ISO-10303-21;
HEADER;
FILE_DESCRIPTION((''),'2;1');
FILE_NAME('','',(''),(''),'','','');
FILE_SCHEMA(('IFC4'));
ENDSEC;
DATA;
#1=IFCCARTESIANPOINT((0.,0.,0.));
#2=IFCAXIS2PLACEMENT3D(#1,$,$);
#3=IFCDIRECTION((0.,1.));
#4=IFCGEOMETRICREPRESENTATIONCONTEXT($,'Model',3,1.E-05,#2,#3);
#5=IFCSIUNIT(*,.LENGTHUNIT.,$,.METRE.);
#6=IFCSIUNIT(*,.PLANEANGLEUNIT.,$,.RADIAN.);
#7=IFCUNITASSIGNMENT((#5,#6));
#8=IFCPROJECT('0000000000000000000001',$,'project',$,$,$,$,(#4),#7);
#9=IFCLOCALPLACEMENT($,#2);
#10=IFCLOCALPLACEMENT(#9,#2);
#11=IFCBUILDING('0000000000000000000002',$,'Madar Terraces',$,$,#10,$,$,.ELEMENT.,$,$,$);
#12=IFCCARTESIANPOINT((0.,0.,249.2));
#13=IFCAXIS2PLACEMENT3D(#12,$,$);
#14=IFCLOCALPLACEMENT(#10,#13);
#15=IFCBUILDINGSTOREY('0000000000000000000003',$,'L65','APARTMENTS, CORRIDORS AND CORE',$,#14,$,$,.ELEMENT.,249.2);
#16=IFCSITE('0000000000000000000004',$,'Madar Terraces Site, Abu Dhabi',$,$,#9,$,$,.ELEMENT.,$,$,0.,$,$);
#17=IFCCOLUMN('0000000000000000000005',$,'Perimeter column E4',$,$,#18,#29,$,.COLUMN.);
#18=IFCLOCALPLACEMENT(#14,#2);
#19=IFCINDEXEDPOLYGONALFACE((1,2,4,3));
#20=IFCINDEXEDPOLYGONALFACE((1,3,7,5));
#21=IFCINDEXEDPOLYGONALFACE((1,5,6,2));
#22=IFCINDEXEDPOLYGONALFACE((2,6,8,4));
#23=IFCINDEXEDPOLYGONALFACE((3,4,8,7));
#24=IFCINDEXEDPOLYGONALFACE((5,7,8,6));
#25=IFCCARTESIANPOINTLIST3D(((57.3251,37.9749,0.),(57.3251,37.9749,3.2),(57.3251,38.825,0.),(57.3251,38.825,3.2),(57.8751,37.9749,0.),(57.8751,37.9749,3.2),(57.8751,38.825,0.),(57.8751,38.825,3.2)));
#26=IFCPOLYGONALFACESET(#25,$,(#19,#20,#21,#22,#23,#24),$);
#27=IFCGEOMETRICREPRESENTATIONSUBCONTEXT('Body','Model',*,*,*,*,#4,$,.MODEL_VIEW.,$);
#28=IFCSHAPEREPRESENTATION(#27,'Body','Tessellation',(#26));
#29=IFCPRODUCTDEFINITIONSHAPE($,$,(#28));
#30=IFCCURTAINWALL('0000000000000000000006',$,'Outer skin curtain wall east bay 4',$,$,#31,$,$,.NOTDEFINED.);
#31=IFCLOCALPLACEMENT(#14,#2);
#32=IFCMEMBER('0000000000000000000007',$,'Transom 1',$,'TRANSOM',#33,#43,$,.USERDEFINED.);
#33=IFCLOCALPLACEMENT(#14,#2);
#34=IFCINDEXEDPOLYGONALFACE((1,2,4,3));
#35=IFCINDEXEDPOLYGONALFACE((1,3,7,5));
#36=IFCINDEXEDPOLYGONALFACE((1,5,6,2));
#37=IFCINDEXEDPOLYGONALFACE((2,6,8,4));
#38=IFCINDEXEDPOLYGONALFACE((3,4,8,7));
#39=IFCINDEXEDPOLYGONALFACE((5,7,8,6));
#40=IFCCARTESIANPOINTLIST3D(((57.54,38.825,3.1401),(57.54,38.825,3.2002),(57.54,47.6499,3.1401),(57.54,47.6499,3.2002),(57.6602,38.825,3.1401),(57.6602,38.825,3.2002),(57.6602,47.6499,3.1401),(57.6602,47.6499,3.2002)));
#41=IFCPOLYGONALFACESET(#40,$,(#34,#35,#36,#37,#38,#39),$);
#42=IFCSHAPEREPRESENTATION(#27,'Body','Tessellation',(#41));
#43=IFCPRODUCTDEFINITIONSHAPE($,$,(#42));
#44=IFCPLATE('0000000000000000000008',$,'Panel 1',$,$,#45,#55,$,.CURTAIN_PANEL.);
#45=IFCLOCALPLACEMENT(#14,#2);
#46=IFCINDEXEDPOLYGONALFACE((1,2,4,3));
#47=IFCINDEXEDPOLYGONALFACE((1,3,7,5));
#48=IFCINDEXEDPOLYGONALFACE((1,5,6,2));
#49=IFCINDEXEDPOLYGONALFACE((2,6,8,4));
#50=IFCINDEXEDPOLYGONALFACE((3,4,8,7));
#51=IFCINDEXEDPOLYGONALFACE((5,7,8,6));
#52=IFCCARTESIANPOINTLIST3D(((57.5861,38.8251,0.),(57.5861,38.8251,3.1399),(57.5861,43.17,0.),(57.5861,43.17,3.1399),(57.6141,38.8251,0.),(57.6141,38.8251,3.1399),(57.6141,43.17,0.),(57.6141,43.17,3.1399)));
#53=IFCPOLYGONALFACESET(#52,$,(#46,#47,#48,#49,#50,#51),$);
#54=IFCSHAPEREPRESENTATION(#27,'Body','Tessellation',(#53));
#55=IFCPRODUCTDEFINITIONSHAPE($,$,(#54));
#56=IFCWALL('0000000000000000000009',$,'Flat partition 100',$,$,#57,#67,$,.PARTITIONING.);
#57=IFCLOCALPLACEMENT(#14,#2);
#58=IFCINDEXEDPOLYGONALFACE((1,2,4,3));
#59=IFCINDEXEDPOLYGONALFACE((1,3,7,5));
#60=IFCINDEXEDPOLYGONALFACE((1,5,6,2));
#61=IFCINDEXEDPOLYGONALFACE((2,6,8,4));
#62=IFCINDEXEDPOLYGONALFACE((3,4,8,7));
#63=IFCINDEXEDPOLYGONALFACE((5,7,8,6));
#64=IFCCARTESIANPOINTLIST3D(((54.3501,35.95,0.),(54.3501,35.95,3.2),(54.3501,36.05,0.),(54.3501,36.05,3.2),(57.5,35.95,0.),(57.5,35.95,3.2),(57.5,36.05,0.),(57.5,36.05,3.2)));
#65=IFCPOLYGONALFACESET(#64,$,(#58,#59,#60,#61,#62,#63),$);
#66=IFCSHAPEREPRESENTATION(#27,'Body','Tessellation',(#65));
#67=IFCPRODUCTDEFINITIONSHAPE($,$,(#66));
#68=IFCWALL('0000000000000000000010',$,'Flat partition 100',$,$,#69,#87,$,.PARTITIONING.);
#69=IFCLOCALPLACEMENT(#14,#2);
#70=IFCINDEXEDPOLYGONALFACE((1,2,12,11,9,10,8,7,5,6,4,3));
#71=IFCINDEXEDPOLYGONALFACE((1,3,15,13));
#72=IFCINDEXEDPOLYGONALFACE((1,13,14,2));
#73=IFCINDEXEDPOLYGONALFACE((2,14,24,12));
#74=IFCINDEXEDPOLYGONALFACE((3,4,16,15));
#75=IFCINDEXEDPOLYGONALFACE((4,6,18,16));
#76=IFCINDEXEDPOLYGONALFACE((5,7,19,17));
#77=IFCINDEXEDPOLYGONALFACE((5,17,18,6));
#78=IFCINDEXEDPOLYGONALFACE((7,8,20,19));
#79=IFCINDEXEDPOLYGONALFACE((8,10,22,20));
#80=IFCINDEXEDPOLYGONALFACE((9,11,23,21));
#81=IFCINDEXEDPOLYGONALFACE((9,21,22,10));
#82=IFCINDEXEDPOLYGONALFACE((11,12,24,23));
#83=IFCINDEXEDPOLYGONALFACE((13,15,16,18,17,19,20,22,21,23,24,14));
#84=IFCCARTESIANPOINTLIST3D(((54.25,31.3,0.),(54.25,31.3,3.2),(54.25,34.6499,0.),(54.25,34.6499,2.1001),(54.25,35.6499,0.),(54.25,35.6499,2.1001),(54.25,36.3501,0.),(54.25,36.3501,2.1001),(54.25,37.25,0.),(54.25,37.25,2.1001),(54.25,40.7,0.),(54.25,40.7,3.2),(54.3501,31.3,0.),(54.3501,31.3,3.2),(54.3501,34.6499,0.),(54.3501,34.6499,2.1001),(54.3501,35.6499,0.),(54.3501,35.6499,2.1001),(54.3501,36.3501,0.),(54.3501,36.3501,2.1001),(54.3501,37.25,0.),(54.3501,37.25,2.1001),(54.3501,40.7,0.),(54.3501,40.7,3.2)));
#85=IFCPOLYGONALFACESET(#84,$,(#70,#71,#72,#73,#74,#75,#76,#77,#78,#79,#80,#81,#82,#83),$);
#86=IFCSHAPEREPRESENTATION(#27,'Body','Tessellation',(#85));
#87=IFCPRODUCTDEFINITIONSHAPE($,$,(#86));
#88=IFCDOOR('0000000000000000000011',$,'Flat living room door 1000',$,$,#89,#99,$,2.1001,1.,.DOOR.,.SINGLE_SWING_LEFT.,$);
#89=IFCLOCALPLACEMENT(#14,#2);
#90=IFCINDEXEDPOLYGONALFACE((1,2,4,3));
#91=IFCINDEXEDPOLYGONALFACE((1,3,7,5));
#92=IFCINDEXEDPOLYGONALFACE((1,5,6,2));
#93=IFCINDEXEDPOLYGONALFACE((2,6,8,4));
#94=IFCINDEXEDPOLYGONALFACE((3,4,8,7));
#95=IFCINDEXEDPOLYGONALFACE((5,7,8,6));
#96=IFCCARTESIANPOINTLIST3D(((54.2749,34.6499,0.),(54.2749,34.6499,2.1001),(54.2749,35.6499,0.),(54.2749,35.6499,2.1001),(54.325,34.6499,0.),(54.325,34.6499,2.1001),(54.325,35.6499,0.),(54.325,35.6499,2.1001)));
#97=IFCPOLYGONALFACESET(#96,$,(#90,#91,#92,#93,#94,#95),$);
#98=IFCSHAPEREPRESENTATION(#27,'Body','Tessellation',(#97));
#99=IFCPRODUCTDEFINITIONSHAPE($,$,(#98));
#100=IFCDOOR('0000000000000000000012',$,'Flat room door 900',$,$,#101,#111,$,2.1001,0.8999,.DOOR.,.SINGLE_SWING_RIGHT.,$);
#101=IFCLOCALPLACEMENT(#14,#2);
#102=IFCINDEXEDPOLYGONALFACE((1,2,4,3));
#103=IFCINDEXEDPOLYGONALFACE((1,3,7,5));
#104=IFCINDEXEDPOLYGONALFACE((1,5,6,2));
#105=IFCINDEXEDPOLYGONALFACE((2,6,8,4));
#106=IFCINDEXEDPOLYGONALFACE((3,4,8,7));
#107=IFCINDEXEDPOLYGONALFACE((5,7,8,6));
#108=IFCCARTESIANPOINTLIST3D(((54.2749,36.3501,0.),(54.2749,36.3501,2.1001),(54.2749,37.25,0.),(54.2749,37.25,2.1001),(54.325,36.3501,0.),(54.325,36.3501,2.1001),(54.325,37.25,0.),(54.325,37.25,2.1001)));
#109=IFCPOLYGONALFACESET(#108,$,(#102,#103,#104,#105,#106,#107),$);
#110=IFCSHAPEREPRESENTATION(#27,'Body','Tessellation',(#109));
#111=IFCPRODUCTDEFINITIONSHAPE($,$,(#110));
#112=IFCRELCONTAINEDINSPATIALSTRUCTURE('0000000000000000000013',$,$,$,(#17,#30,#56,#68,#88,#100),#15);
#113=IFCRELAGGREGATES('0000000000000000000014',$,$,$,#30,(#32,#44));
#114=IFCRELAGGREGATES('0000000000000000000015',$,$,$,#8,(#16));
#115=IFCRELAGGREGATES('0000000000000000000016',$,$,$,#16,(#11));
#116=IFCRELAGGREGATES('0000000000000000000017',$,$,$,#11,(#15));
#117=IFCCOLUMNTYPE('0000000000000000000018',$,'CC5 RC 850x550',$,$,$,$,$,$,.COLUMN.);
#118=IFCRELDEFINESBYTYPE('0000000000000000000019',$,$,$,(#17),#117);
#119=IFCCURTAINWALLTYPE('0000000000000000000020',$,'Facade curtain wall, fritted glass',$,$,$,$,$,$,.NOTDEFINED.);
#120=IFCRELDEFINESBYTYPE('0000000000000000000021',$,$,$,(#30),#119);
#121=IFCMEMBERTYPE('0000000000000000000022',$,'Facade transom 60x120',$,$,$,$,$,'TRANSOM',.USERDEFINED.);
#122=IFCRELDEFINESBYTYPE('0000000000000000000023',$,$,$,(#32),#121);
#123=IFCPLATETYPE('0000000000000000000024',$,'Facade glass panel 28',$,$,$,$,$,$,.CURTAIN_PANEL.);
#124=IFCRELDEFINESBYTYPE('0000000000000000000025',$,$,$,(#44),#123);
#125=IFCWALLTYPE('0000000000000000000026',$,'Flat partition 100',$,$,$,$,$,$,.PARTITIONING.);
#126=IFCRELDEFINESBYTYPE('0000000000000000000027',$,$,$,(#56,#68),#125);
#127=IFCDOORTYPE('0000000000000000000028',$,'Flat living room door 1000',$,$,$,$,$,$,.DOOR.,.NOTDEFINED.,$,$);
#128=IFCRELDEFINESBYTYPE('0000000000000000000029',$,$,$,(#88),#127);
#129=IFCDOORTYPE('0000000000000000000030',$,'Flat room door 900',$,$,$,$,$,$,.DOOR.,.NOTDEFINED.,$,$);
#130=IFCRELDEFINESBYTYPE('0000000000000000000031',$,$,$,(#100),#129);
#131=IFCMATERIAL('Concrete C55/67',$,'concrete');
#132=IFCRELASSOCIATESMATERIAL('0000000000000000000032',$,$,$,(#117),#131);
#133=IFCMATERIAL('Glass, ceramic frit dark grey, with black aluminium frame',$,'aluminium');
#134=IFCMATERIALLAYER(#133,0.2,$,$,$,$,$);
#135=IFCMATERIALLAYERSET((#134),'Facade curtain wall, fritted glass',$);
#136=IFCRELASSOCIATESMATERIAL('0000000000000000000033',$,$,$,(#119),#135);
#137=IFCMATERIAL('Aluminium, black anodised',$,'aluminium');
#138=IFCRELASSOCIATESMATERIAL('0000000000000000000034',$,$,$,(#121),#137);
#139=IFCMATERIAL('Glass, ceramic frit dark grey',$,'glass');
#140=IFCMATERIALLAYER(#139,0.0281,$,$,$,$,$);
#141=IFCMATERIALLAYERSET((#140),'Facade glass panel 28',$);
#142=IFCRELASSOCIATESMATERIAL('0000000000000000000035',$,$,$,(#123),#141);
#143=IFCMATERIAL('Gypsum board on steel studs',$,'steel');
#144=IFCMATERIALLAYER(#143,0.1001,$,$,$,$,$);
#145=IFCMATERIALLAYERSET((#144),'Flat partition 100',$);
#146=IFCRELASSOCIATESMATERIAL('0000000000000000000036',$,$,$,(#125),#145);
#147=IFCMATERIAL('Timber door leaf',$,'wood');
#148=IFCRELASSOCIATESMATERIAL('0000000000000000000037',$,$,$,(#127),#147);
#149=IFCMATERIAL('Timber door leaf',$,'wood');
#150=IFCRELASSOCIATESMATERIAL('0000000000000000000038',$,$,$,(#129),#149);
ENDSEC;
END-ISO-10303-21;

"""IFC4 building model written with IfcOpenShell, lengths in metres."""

from ifc_helpers import new_model, si_unit, direction, frame, frame_2d, origin, origin_2d, place, context, subcontext, project, spatial, rectangle, extrude, material, layer, layer_set, material_profile, profile_set, type_object, element, fill, aggregate, save


model = new_model("IFC4")

# Units and contexts
model_context = context("Model", 3, precision=1e-05, world=origin(), true_north=direction((0.0, 1.0)))
body_context = subcontext(model_context, "Body", "Model", "MODEL_VIEW")
ifc_project = project(units=[si_unit("LENGTHUNIT", "METRE"), si_unit("PLANEANGLEUNIT", "RADIAN")], contexts=[model_context])

# Site, building, storey
site_placement = place(None, origin())
site = spatial("IfcSite", under=ifc_project, at=site_placement, Name="Madar Terraces Site, Abu Dhabi", CompositionType="ELEMENT", RefElevation=0.0)
building_placement = place(site_placement, origin())
building = spatial("IfcBuilding", under=site, at=building_placement, Name="Madar Terraces", CompositionType="ELEMENT")
storey_placement = place(building_placement, frame((0.0, 0.0, 249.2)))
storey = spatial("IfcBuildingStorey", under=building, at=storey_placement, Name="L65", Description="APARTMENTS, CORRIDORS AND CORE", CompositionType="ELEMENT", Elevation=249.2)

# Column
ifc_material_1 = material(Name="Concrete C55/67", Category="concrete")
ifc_material_profile_1 = material_profile(ifc_material_1, rectangle(XDim=0.8501, YDim=0.55, at=origin_2d()), Name="CC5 RC 850x550")
ifc_profile_set_1 = profile_set([ifc_material_profile_1], Name="Concrete C55/67")
column_type = type_object("IfcColumnType", Name="CC5 RC 850x550", PredefinedType="COLUMN", material=ifc_profile_set_1)
column_placement = place(storey_placement, frame((57.6001, 38.3999, 0.0), z_axis=(0.0, 0.0, 1.0), x_axis=(0.0, 1.0, 0.0)))
element("IfcColumn", 1, at=column_placement, inside=storey, type_object=column_type, Name="Perimeter column E4", PredefinedType="COLUMN", context=body_context, shape_type="SweptSolid", body=[
    extrude(rectangle(XDim=0.8501, YDim=0.55, at=origin_2d()), origin(), (0.0, 0.0, 1.0), 3.2),
])

# Curtain wall, member, plate
ifc_material_2 = material(Name="Glass, ceramic frit dark grey, with black aluminium frame", Category="aluminium")
ifc_layer_1 = layer(ifc_material_2, 0.2)
ifc_layer_set_1 = layer_set([ifc_layer_1], Name="Facade curtain wall, fritted glass")
curtain_wall_type = type_object("IfcCurtainWallType", Name="Facade curtain wall, fritted glass", PredefinedType="NOTDEFINED", material=ifc_layer_set_1)
curtain_wall_placement = place(storey_placement, origin())
curtain_wall = element("IfcCurtainWall", 2, at=curtain_wall_placement, inside=storey, type_object=curtain_wall_type, Name="Outer skin curtain wall east bay 4", PredefinedType="NOTDEFINED")
ifc_material_3 = material(Name="Aluminium, black anodised", Category="aluminium")
ifc_material_profile_2 = material_profile(ifc_material_3, rectangle(XDim=0.1201, YDim=0.0601, at=origin_2d()), Name="Facade transom 60x120")
ifc_profile_set_2 = profile_set([ifc_material_profile_2], Name="Aluminium, black anodised")
member_type = type_object("IfcMemberType", Name="Facade transom 60x120", ElementType="TRANSOM", PredefinedType="USERDEFINED", material=ifc_profile_set_2)
member_placement = place(storey_placement, frame((57.6001, 38.825, 3.1702), z_axis=(0.0, 1.0, 0.0), x_axis=(-1.0, 0.0, 0.0)))
member = element("IfcMember", 3, at=member_placement, type_object=member_type, Name="Transom 1", ObjectType="TRANSOM", PredefinedType="USERDEFINED", context=body_context, shape_type="SweptSolid", body=[
    extrude(rectangle(XDim=0.1201, YDim=0.0601, at=origin_2d()), origin(), (0.0, 0.0, 1.0), 8.825),
])
ifc_material_4 = material(Name="Glass, ceramic frit dark grey", Category="glass")
ifc_layer_2 = layer(ifc_material_4, 0.0281)
ifc_layer_set_2 = layer_set([ifc_layer_2], Name="Facade glass panel 28")
plate_type = type_object("IfcPlateType", Name="Facade glass panel 28", PredefinedType="CURTAIN_PANEL", material=ifc_layer_set_2)
plate_placement = place(storey_placement, frame((57.6001, 40.9976, 0.0), z_axis=(0.0, 0.0, 1.0), x_axis=(0.0, 1.0, 0.0)))
plate = element("IfcPlate", 4, at=plate_placement, type_object=plate_type, Name="Panel 1", PredefinedType="CURTAIN_PANEL", context=body_context, shape_type="SweptSolid", body=[
    extrude(rectangle(XDim=4.345, YDim=0.0281, at=origin_2d()), origin(), (0.0, 0.0, 1.0), 3.1399),
])
aggregate(curtain_wall, [member, plate])

# Wall
ifc_material_5 = material(Name="Gypsum board on steel studs", Category="steel")
ifc_layer_3 = layer(ifc_material_5, 0.1001)
ifc_layer_set_3 = layer_set([ifc_layer_3], Name="Flat partition 100")
wall_type_1 = type_object("IfcWallType", Name="Flat partition 100", PredefinedType="PARTITIONING", material=ifc_layer_set_3)
wall_1_placement = place(storey_placement, frame((54.3501, 36.0, 0.0), z_axis=(0.0, 0.0, 1.0), x_axis=(1.0, 0.0, 0.0)))
element("IfcWall", 5, at=wall_1_placement, inside=storey, type_object=wall_type_1, Name="Flat partition 100", PredefinedType="PARTITIONING", context=body_context, shape_type="SweptSolid", body=[
    extrude(rectangle(XDim=3.1499, YDim=0.1001, at=frame_2d((1.575, 0.0))), origin(), (0.0, 0.0, 1.0), 3.2),
])

# Wall, openings, doors
wall_2_placement = place(storey_placement, frame((54.3, 40.7, 0.0), z_axis=(0.0, 0.0, 1.0), x_axis=(0.0, -1.0, 0.0)))
wall_2 = element("IfcWall", 6, at=wall_2_placement, inside=storey, type_object=wall_type_1, Name="Flat partition 100", PredefinedType="PARTITIONING", context=body_context, shape_type="SweptSolid", body=[
    extrude(rectangle(XDim=9.3999, YDim=0.1001, at=frame_2d((4.7, 0.0))), origin(), (0.0, 0.0, 1.0), 3.2),
])
opening_1_placement = place(wall_2_placement, frame((3.45, 0.0, 0.0)))
opening_1 = element("IfcOpeningElement", 7, at=opening_1_placement, cuts=wall_2, PredefinedType="OPENING", context=body_context, shape_type="SweptSolid", body=[
    extrude(rectangle(XDim=0.8999, YDim=2.1001, at=frame_2d((0.45, 1.05))), frame((0.0, 0.0601, 0.0), z_axis=(0.0, -1.0, 0.0), x_axis=(1.0, 0.0, 0.0)), (0.0, 0.0, 1.0), 0.1201),
])
opening_2_placement = place(wall_2_placement, frame((5.05, 0.0, 0.0)))
opening_2 = element("IfcOpeningElement", 8, at=opening_2_placement, cuts=wall_2, PredefinedType="OPENING", context=body_context, shape_type="SweptSolid", body=[
    extrude(rectangle(XDim=1.0, YDim=2.1001, at=frame_2d((0.5, 1.05))), frame((0.0, 0.0601, 0.0), z_axis=(0.0, -1.0, 0.0), x_axis=(1.0, 0.0, 0.0)), (0.0, 0.0, 1.0), 0.1201),
])
ifc_material_6 = material(Name="Timber door leaf", Category="wood")
door_type_1 = type_object("IfcDoorType", Name="Flat living room door 1000", OperationType="NOTDEFINED", PredefinedType="DOOR", material=ifc_material_6)
door_1_placement = place(opening_2_placement, origin())
door_1 = element("IfcDoor", 9, at=door_1_placement, inside=storey, type_object=door_type_1, Name="Flat living room door 1000", OperationType="SINGLE_SWING_LEFT", OverallHeight=2.1001, OverallWidth=1.0, PredefinedType="DOOR", context=body_context, shape_type="SweptSolid", body=[
    extrude(rectangle(XDim=1.0, YDim=2.1001, at=frame_2d((0.5, 1.05))), frame((0.0, 0.0249, 0.0), z_axis=(0.0, -1.0, 0.0), x_axis=(1.0, 0.0, 0.0)), (0.0, 0.0, 1.0), 0.05),
])
fill(opening_2, door_1)
ifc_material_7 = material(Name="Timber door leaf", Category="wood")
door_type_2 = type_object("IfcDoorType", Name="Flat room door 900", OperationType="NOTDEFINED", PredefinedType="DOOR", material=ifc_material_7)
door_2_placement = place(opening_1_placement, origin())
door_2 = element("IfcDoor", 10, at=door_2_placement, inside=storey, type_object=door_type_2, Name="Flat room door 900", OperationType="SINGLE_SWING_RIGHT", OverallHeight=2.1001, OverallWidth=0.8999, PredefinedType="DOOR", context=body_context, shape_type="SweptSolid", body=[
    extrude(rectangle(XDim=0.8999, YDim=2.1001, at=frame_2d((0.45, 1.05))), frame((0.0, 0.0249, 0.0), z_axis=(0.0, -1.0, 0.0), x_axis=(1.0, 0.0, 0.0)), (0.0, 0.0, 1.0), 0.05),
])
fill(opening_1, door_2)

save(model, "model.ifc")
